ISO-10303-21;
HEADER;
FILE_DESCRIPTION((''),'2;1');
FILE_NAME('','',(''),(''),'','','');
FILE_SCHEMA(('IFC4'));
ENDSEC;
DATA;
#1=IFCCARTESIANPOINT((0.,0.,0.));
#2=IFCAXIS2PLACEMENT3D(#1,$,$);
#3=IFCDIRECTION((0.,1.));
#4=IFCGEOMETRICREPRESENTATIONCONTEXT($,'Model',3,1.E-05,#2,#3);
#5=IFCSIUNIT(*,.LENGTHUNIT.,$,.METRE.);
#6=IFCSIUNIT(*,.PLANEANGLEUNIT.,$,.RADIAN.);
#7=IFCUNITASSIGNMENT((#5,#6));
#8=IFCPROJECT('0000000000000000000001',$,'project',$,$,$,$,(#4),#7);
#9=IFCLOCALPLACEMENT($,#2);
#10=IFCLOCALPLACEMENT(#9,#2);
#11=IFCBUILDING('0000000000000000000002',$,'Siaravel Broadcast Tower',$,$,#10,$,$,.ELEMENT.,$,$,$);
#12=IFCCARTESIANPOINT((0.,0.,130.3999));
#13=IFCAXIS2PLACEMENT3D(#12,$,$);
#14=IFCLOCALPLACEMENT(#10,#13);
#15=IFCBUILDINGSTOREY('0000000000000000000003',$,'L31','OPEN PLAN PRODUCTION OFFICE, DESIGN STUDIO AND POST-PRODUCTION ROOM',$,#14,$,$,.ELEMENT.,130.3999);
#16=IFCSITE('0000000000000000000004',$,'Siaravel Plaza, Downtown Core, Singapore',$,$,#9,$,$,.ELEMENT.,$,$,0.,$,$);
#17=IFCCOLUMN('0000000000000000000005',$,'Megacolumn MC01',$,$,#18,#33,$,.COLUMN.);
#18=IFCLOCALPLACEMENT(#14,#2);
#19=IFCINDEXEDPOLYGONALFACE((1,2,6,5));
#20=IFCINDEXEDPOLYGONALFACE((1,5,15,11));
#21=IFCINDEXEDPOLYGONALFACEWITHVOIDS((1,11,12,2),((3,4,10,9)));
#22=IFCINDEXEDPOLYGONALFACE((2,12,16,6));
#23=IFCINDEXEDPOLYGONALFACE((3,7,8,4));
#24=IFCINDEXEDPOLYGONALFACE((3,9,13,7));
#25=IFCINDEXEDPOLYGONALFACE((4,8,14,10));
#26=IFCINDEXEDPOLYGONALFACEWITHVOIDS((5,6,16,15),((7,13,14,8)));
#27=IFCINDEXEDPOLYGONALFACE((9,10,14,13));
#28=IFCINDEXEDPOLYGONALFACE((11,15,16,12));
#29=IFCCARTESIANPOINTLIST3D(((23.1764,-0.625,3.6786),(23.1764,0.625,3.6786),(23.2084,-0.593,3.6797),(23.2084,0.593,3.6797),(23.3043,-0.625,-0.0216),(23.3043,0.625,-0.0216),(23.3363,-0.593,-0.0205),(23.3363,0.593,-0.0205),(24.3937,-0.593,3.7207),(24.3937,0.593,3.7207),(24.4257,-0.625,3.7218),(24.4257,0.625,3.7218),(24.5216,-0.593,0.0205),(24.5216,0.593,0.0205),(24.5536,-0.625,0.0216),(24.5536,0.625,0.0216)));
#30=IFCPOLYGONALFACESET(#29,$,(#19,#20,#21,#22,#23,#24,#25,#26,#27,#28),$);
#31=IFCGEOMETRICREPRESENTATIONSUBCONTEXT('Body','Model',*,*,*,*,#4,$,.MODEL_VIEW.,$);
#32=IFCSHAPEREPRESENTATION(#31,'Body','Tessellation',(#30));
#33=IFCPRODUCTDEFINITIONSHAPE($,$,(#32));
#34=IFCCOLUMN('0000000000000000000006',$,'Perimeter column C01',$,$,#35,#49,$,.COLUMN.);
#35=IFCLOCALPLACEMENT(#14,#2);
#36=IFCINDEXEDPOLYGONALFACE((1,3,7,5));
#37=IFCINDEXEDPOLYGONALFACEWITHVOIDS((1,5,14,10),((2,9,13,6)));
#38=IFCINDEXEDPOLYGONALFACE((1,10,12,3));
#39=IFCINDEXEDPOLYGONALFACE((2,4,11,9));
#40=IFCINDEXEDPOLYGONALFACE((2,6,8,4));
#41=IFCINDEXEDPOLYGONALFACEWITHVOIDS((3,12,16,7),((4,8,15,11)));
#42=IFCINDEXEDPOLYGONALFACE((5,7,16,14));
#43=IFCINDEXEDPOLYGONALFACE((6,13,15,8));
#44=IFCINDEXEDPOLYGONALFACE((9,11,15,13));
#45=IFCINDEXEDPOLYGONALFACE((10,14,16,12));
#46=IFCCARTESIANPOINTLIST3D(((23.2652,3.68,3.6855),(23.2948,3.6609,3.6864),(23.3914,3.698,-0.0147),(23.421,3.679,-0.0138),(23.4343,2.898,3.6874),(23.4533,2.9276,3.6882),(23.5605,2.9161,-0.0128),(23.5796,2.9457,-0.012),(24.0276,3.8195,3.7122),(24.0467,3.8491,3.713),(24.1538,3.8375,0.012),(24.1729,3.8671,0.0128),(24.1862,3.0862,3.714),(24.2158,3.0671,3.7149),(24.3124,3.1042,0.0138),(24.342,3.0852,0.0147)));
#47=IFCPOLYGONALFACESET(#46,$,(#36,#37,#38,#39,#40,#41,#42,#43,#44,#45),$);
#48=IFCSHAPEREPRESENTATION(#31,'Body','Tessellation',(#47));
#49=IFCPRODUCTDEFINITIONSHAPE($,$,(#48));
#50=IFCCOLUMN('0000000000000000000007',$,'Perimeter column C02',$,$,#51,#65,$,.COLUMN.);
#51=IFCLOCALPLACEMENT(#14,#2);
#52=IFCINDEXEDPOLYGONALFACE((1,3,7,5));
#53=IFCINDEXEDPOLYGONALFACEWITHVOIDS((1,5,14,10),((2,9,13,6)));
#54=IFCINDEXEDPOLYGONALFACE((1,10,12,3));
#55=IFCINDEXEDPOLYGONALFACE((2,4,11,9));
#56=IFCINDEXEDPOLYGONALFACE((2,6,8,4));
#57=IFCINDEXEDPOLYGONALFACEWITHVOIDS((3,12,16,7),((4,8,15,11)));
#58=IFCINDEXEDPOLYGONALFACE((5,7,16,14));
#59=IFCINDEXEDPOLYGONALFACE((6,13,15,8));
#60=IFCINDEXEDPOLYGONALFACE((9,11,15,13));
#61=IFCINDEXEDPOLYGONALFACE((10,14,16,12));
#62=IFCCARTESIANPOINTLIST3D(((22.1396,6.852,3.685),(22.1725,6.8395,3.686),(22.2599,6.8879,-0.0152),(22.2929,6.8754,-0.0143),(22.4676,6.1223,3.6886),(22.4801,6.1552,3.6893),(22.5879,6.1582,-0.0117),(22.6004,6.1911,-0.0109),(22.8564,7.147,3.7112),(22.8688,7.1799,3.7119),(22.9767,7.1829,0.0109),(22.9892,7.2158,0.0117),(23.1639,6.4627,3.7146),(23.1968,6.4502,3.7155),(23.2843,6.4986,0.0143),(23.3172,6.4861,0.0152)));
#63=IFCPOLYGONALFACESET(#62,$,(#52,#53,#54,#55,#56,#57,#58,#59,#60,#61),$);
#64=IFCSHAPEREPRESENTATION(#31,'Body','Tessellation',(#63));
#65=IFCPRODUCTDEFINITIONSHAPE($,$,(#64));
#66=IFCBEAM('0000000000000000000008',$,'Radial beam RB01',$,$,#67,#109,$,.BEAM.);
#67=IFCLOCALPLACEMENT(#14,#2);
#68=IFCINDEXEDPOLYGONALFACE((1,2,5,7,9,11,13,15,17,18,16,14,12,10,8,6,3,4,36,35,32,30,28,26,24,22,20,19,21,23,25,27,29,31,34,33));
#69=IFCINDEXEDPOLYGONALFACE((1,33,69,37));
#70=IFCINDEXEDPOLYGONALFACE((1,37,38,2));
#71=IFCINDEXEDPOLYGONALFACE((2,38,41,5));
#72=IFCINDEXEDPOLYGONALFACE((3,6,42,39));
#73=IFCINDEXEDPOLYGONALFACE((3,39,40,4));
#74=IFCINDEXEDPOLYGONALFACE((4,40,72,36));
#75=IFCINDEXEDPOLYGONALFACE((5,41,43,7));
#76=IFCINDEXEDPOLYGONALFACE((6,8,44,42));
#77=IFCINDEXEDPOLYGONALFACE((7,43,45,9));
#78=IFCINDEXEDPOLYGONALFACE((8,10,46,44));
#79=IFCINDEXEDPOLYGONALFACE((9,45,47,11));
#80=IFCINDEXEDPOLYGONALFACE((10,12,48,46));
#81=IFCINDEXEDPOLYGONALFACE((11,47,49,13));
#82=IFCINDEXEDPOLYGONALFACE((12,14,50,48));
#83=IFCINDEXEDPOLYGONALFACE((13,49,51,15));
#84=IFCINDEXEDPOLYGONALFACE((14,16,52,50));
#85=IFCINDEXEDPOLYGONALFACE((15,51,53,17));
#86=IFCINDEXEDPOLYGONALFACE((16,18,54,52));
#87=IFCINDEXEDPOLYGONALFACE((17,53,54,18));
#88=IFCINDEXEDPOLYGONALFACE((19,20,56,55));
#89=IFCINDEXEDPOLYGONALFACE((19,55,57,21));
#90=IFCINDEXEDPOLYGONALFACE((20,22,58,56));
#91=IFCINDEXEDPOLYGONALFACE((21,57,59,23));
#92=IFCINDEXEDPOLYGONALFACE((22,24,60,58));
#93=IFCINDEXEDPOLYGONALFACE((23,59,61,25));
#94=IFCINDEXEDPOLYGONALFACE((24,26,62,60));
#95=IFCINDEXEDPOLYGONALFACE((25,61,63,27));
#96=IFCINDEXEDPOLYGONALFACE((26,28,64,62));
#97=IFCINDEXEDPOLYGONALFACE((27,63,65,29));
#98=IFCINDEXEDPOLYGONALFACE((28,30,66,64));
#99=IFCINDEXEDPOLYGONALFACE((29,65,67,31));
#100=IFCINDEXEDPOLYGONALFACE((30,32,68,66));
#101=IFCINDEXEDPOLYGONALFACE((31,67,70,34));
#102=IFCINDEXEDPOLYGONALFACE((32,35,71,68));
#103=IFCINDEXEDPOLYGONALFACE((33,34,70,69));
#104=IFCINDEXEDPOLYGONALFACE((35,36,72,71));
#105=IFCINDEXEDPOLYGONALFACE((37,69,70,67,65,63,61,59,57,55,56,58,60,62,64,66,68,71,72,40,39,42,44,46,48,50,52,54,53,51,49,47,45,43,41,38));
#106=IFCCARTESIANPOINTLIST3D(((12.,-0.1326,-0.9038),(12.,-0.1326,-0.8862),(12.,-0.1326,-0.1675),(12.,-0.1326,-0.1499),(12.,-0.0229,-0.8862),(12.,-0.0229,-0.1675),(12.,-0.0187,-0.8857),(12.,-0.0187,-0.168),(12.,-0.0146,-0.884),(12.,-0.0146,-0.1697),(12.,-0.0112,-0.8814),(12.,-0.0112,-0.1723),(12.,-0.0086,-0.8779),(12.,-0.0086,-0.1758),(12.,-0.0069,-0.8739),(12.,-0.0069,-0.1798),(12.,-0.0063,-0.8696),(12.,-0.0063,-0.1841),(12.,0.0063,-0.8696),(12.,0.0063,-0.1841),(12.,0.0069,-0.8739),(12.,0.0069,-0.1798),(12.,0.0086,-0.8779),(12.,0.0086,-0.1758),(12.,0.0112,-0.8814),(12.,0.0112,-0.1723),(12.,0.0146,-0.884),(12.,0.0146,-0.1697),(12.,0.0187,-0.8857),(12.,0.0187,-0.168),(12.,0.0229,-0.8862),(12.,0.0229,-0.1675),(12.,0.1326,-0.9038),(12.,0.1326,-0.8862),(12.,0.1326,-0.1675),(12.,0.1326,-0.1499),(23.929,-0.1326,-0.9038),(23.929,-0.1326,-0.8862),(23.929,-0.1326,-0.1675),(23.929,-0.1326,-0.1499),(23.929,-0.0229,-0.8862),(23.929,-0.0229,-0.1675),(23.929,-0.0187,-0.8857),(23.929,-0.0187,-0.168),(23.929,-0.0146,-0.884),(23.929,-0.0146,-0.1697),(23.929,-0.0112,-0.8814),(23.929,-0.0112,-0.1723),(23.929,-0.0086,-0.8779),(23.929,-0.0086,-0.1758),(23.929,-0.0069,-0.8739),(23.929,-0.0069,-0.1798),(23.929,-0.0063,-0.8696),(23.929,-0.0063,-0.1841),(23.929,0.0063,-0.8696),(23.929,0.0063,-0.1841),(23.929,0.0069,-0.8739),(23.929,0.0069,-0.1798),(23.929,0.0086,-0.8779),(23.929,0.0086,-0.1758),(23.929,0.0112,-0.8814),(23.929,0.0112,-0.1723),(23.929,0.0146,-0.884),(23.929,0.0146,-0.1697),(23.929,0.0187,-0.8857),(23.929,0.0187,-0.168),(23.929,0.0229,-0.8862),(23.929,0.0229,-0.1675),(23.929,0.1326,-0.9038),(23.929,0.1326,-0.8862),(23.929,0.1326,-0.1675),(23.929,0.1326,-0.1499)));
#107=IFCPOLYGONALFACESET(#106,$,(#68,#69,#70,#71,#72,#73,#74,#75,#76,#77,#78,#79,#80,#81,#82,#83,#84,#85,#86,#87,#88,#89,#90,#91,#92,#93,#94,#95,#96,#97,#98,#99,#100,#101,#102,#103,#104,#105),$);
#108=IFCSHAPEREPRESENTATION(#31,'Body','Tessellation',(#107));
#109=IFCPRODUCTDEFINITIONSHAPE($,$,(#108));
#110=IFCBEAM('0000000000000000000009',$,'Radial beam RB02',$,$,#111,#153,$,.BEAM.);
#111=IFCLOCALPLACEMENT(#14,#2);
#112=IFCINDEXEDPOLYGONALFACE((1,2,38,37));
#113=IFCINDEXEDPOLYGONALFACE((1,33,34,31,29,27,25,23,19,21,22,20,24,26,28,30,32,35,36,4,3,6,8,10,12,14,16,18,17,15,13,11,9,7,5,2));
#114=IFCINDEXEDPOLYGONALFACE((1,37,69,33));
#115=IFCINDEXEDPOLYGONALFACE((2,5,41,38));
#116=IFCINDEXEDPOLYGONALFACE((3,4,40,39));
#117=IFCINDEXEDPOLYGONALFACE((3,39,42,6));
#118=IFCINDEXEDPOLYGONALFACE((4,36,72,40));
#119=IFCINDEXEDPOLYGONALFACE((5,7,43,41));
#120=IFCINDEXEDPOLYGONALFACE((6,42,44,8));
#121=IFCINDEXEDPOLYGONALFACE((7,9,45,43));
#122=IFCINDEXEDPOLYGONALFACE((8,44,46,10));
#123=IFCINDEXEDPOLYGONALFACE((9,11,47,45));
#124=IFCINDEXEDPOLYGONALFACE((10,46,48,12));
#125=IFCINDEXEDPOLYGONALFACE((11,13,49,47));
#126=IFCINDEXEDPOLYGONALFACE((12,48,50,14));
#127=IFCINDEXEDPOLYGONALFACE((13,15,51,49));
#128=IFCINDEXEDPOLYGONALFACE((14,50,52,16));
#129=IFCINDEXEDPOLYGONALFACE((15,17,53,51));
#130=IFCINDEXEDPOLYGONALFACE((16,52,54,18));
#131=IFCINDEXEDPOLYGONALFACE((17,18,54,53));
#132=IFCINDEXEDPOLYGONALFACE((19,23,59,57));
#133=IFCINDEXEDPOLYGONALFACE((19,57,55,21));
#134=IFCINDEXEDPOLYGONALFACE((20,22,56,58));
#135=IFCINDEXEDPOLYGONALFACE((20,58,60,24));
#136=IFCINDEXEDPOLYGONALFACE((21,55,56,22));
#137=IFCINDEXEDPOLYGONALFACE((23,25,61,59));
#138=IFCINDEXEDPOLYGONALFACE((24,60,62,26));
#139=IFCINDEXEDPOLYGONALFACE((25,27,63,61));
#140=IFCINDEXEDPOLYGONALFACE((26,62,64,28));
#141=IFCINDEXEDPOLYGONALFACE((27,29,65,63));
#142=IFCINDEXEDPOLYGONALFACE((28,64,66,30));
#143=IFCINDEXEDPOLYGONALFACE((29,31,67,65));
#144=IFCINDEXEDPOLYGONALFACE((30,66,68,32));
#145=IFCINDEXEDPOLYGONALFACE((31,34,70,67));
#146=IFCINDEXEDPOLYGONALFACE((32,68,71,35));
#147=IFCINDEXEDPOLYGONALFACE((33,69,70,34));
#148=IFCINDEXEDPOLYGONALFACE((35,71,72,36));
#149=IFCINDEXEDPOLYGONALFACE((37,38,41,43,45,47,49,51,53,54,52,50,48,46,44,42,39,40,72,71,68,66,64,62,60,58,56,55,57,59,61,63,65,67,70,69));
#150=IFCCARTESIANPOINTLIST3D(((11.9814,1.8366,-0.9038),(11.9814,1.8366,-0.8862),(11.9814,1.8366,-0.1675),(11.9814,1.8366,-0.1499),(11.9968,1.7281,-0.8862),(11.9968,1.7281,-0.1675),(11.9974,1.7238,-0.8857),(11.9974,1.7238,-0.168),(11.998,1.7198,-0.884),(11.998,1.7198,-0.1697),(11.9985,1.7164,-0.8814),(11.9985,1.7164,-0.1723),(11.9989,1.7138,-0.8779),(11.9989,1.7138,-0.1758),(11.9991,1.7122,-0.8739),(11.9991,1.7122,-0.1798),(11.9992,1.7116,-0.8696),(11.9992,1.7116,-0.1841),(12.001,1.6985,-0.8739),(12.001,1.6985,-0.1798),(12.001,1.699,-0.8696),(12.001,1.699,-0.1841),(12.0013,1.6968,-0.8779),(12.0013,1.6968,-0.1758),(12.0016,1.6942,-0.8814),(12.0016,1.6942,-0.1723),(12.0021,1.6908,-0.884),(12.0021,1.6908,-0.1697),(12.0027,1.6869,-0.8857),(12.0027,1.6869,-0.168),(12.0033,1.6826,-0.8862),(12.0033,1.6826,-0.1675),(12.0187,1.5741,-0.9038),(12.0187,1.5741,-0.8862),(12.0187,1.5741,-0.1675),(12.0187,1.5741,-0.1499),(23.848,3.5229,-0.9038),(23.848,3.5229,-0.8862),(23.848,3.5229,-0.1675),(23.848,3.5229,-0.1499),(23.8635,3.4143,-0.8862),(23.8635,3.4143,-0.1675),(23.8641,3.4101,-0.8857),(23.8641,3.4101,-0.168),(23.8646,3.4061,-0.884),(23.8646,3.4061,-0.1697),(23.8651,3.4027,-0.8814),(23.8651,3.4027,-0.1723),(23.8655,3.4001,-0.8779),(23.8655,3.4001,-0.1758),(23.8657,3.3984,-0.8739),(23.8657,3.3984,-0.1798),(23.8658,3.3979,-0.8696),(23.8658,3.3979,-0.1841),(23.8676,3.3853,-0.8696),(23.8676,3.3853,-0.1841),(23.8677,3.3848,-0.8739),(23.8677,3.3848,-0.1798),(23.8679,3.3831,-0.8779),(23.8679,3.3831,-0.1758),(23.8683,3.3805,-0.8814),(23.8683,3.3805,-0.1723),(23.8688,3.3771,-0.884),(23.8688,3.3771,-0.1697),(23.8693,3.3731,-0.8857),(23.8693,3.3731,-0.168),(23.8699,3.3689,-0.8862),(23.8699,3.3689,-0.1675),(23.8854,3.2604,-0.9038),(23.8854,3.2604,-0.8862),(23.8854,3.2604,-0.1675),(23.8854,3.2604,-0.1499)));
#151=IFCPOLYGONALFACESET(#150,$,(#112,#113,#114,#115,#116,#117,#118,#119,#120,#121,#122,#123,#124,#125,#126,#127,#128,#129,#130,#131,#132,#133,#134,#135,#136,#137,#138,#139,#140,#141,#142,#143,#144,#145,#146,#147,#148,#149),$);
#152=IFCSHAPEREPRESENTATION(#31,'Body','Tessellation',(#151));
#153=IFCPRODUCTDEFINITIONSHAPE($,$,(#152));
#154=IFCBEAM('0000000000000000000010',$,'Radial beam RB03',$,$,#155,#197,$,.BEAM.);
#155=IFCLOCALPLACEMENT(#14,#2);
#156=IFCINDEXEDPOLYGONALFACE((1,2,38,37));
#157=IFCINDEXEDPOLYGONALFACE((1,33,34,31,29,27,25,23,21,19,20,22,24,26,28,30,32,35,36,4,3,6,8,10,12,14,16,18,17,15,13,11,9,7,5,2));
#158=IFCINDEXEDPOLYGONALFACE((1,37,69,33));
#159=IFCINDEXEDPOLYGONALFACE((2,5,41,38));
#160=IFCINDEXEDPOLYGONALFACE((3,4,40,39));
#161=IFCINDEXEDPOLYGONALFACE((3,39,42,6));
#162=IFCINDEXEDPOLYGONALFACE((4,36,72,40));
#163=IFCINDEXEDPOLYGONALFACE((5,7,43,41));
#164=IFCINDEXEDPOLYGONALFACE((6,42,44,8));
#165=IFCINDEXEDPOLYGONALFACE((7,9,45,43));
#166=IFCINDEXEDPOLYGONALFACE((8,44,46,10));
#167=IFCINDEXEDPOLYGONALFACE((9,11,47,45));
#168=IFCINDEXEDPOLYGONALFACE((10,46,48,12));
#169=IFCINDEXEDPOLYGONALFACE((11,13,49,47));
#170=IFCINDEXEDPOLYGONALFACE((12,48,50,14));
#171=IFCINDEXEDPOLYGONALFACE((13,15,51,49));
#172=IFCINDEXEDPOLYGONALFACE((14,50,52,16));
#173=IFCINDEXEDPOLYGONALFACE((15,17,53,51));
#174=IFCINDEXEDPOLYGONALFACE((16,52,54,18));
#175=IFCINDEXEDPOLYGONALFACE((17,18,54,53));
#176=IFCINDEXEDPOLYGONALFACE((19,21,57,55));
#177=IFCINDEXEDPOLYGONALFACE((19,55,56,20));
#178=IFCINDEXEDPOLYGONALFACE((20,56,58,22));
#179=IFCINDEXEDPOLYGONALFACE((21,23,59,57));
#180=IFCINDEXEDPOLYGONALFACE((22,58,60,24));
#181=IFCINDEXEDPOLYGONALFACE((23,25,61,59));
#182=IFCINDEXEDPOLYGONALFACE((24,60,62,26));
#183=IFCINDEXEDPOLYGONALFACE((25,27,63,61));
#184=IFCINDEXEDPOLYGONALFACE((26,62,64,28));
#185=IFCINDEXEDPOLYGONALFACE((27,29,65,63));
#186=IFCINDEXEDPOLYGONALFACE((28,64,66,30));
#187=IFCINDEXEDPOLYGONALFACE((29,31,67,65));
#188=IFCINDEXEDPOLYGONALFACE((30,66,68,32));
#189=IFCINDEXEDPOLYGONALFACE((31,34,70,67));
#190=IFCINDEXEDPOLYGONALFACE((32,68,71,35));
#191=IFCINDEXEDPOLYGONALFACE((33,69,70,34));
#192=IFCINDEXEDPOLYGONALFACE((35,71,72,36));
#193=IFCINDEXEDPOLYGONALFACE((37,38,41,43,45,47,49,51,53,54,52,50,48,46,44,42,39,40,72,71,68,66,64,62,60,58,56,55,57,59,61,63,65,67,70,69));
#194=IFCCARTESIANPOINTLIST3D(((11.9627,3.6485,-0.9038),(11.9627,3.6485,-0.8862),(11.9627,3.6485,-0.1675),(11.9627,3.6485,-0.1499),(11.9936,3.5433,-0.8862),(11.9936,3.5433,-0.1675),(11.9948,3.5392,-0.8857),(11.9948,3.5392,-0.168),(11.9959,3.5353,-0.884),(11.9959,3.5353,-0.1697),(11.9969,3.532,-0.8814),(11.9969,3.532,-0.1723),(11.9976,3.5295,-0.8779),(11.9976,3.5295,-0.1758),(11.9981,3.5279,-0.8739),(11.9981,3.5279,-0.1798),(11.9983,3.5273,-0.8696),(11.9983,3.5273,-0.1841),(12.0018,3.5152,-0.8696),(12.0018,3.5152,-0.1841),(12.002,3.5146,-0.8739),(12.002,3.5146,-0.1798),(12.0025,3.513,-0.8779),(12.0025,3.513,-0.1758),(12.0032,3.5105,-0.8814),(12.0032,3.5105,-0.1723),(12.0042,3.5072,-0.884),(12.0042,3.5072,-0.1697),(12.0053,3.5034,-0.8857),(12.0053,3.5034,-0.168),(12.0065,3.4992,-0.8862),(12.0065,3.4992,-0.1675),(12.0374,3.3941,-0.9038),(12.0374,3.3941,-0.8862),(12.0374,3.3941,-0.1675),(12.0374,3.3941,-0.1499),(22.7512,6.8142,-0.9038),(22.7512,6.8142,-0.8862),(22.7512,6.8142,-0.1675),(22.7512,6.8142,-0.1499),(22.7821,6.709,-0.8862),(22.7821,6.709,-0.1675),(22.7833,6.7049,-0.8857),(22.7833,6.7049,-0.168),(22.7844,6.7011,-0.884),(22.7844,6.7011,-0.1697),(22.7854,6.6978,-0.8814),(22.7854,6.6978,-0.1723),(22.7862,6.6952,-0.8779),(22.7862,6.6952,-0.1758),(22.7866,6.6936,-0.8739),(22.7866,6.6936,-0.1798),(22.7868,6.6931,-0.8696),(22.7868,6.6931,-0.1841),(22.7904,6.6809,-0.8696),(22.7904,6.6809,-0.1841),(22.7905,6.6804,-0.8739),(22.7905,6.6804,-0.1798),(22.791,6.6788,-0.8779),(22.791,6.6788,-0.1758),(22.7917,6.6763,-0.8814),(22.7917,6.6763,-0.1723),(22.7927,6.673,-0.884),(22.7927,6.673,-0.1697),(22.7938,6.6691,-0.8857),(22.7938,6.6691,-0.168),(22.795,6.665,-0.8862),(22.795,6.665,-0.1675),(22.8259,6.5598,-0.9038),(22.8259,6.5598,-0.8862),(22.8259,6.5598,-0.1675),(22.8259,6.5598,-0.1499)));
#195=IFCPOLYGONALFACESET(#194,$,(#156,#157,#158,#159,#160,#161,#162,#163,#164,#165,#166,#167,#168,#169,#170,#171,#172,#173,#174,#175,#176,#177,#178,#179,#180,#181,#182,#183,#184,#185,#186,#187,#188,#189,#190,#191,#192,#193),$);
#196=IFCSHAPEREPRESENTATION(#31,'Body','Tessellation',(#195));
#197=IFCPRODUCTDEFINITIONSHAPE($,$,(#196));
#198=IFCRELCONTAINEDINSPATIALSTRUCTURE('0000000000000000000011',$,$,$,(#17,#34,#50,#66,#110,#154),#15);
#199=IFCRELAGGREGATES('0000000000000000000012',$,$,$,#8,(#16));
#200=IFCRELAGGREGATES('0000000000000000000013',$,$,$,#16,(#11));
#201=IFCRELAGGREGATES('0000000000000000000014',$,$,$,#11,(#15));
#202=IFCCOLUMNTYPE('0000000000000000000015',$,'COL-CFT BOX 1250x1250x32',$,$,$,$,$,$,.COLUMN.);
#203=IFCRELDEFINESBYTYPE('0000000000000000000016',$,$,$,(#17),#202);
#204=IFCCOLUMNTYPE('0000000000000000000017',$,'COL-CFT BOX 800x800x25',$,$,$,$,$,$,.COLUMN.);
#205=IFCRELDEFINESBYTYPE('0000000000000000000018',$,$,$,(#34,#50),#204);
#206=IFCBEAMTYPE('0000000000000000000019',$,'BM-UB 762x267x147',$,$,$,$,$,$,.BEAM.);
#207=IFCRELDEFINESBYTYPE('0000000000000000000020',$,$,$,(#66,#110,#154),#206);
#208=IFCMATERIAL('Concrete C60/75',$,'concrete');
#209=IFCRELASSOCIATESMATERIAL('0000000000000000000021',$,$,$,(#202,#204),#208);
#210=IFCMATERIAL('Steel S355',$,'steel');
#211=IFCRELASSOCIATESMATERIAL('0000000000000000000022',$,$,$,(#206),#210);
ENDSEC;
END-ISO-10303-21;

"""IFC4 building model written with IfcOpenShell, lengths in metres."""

from ifc_helpers import new_model, si_unit, direction, frame, origin, origin_2d, place, context, subcontext, project, spatial, hollow_rectangle, i_section, extrude, material, material_profile, profile_set, type_object, element, save


model = new_model("IFC4")

# Units and contexts
model_context = context("Model", 3, precision=1e-05, world=origin(), true_north=direction((0.0, 1.0)))
body_context = subcontext(model_context, "Body", "Model", "MODEL_VIEW")
ifc_project = project(units=[si_unit("LENGTHUNIT", "METRE"), si_unit("PLANEANGLEUNIT", "RADIAN")], contexts=[model_context])

# Site, building, storey
site_placement = place(None, origin())
site = spatial("IfcSite", under=ifc_project, at=site_placement, Name="Siaravel Plaza, Downtown Core, Singapore", CompositionType="ELEMENT", RefElevation=0.0)
building_placement = place(site_placement, origin())
building = spatial("IfcBuilding", under=site, at=building_placement, Name="Siaravel Broadcast Tower", CompositionType="ELEMENT")
storey_placement = place(building_placement, frame((0.0, 0.0, 130.3999)))
storey = spatial("IfcBuildingStorey", under=building, at=storey_placement, Name="L31", Description="OPEN PLAN PRODUCTION OFFICE, DESIGN STUDIO AND POST-PRODUCTION ROOM", CompositionType="ELEMENT", Elevation=130.3999)

# Columns
ifc_material_1 = material(Name="Concrete C60/75", Category="concrete")
ifc_material_profile_1 = material_profile(ifc_material_1, hollow_rectangle(XDim=1.25, YDim=1.25, WallThickness=0.032, at=origin_2d()))
ifc_profile_set_1 = profile_set([ifc_material_profile_1], Name="Concrete C60/75")
column_type_1 = type_object("IfcColumnType", Name="COL-CFT BOX 1250x1250x32", PredefinedType="COLUMN", material=ifc_profile_set_1)
column_placement = place(storey_placement, frame((23.929, 0.0, 0.0), z_axis=(-0.034553, 0.0, 0.999403), x_axis=(0.0, -1.0, 0.0)))
element("IfcColumn", 1, at=column_placement, inside=storey, type_object=column_type_1, Name="Megacolumn MC01", PredefinedType="COLUMN", context=body_context, shape_type="SweptSolid", body=[
    extrude(hollow_rectangle(XDim=1.25, YDim=1.25, WallThickness=0.032, at=origin_2d()), origin(), (0.0, 0.0, 1.0), 3.7024),
])
ifc_material_profile_2 = material_profile(ifc_material_1, hollow_rectangle(XDim=0.8, YDim=0.8, WallThickness=0.0249, at=origin_2d()))
ifc_profile_set_2 = profile_set([ifc_material_profile_2], Name="Concrete C60/75")
column_type_2 = type_object("IfcColumnType", Name="COL-CFT BOX 800x800x25", PredefinedType="COLUMN", material=ifc_profile_set_2)
for number, where, z_axis, x_axis, name in (
    (2, (23.8667, 3.3916, 0.0), (-0.034092, -0.00488, 0.999407), (0.211379, -0.977401, 0.002438), "Perimeter column C01"),
    (3, (22.7886, 6.687, 0.0), (-0.03251, -0.009694, 0.999424), (0.409965, -0.91209, 0.004489), "Perimeter column C02"),
):
    element("IfcColumn", number, at=place(storey_placement, frame(where, z_axis=z_axis, x_axis=x_axis)), inside=storey, type_object=column_type_2, Name=name, PredefinedType="COLUMN", context=body_context, shape_type="SweptSolid", body=[
        extrude(hollow_rectangle(XDim=0.8, YDim=0.8, WallThickness=0.0249, at=origin_2d()), origin(), (0.0, 0.0, 1.0), 3.7024),
    ])

# Beams
ifc_material_2 = material(Name="Steel S355", Category="steel")
ifc_material_profile_3 = material_profile(ifc_material_2, i_section(OverallWidth=0.2651, OverallDepth=0.7539, WebThickness=0.0127, FlangeThickness=0.0176, FilletRadius=0.0166, at=origin_2d()))
ifc_profile_set_3 = profile_set([ifc_material_profile_3], Name="Steel S355")
beam_type = type_object("IfcBeamType", Name="BM-UB 762x267x147", PredefinedType="BEAM", material=ifc_profile_set_3)
beam_1_placement = place(storey_placement, frame((23.929, 0.0, -0.5269), z_axis=(-1.0, 0.0, 0.0), x_axis=(0.0, -1.0, 0.0)))
element("IfcBeam", 4, at=beam_1_placement, inside=storey, type_object=beam_type, Name="Radial beam RB01", PredefinedType="BEAM", context=body_context, shape_type="SweptSolid", body=[
    extrude(i_section(OverallWidth=0.2651, OverallDepth=0.7539, WebThickness=0.0127, FlangeThickness=0.0176, FilletRadius=0.0166, at=origin_2d()), origin(), (0.0, 0.0, 1.0), 11.929),
])
beam_2_placement = place(storey_placement, frame((23.8667, 3.3916, -0.5269), z_axis=(-0.990054, -0.140688, 0.0), x_axis=(0.140688, -0.990054, 0.0)))
element("IfcBeam", 5, at=beam_2_placement, inside=storey, type_object=beam_type, Name="Radial beam RB02", PredefinedType="BEAM", context=body_context, shape_type="SweptSolid", body=[
    extrude(i_section(OverallWidth=0.2651, OverallDepth=0.7539, WebThickness=0.0127, FlangeThickness=0.0176, FilletRadius=0.0166, at=origin_2d()), origin(), (0.0, 0.0, 1.0), 11.9858),
])
beam_3_placement = place(storey_placement, frame((22.7886, 6.687, -0.5269), z_axis=(-0.959542, -0.281566, 0.0), x_axis=(0.281566, -0.959542, 0.0)))
element("IfcBeam", 6, at=beam_3_placement, inside=storey, type_object=beam_type, Name="Radial beam RB03", PredefinedType="BEAM", context=body_context, shape_type="SweptSolid", body=[
    extrude(i_section(OverallWidth=0.2651, OverallDepth=0.7539, WebThickness=0.0127, FlangeThickness=0.0176, FilletRadius=0.0166, at=origin_2d()), origin(), (0.0, 0.0, 1.0), 11.2434),
])

save(model, "model.ifc")
